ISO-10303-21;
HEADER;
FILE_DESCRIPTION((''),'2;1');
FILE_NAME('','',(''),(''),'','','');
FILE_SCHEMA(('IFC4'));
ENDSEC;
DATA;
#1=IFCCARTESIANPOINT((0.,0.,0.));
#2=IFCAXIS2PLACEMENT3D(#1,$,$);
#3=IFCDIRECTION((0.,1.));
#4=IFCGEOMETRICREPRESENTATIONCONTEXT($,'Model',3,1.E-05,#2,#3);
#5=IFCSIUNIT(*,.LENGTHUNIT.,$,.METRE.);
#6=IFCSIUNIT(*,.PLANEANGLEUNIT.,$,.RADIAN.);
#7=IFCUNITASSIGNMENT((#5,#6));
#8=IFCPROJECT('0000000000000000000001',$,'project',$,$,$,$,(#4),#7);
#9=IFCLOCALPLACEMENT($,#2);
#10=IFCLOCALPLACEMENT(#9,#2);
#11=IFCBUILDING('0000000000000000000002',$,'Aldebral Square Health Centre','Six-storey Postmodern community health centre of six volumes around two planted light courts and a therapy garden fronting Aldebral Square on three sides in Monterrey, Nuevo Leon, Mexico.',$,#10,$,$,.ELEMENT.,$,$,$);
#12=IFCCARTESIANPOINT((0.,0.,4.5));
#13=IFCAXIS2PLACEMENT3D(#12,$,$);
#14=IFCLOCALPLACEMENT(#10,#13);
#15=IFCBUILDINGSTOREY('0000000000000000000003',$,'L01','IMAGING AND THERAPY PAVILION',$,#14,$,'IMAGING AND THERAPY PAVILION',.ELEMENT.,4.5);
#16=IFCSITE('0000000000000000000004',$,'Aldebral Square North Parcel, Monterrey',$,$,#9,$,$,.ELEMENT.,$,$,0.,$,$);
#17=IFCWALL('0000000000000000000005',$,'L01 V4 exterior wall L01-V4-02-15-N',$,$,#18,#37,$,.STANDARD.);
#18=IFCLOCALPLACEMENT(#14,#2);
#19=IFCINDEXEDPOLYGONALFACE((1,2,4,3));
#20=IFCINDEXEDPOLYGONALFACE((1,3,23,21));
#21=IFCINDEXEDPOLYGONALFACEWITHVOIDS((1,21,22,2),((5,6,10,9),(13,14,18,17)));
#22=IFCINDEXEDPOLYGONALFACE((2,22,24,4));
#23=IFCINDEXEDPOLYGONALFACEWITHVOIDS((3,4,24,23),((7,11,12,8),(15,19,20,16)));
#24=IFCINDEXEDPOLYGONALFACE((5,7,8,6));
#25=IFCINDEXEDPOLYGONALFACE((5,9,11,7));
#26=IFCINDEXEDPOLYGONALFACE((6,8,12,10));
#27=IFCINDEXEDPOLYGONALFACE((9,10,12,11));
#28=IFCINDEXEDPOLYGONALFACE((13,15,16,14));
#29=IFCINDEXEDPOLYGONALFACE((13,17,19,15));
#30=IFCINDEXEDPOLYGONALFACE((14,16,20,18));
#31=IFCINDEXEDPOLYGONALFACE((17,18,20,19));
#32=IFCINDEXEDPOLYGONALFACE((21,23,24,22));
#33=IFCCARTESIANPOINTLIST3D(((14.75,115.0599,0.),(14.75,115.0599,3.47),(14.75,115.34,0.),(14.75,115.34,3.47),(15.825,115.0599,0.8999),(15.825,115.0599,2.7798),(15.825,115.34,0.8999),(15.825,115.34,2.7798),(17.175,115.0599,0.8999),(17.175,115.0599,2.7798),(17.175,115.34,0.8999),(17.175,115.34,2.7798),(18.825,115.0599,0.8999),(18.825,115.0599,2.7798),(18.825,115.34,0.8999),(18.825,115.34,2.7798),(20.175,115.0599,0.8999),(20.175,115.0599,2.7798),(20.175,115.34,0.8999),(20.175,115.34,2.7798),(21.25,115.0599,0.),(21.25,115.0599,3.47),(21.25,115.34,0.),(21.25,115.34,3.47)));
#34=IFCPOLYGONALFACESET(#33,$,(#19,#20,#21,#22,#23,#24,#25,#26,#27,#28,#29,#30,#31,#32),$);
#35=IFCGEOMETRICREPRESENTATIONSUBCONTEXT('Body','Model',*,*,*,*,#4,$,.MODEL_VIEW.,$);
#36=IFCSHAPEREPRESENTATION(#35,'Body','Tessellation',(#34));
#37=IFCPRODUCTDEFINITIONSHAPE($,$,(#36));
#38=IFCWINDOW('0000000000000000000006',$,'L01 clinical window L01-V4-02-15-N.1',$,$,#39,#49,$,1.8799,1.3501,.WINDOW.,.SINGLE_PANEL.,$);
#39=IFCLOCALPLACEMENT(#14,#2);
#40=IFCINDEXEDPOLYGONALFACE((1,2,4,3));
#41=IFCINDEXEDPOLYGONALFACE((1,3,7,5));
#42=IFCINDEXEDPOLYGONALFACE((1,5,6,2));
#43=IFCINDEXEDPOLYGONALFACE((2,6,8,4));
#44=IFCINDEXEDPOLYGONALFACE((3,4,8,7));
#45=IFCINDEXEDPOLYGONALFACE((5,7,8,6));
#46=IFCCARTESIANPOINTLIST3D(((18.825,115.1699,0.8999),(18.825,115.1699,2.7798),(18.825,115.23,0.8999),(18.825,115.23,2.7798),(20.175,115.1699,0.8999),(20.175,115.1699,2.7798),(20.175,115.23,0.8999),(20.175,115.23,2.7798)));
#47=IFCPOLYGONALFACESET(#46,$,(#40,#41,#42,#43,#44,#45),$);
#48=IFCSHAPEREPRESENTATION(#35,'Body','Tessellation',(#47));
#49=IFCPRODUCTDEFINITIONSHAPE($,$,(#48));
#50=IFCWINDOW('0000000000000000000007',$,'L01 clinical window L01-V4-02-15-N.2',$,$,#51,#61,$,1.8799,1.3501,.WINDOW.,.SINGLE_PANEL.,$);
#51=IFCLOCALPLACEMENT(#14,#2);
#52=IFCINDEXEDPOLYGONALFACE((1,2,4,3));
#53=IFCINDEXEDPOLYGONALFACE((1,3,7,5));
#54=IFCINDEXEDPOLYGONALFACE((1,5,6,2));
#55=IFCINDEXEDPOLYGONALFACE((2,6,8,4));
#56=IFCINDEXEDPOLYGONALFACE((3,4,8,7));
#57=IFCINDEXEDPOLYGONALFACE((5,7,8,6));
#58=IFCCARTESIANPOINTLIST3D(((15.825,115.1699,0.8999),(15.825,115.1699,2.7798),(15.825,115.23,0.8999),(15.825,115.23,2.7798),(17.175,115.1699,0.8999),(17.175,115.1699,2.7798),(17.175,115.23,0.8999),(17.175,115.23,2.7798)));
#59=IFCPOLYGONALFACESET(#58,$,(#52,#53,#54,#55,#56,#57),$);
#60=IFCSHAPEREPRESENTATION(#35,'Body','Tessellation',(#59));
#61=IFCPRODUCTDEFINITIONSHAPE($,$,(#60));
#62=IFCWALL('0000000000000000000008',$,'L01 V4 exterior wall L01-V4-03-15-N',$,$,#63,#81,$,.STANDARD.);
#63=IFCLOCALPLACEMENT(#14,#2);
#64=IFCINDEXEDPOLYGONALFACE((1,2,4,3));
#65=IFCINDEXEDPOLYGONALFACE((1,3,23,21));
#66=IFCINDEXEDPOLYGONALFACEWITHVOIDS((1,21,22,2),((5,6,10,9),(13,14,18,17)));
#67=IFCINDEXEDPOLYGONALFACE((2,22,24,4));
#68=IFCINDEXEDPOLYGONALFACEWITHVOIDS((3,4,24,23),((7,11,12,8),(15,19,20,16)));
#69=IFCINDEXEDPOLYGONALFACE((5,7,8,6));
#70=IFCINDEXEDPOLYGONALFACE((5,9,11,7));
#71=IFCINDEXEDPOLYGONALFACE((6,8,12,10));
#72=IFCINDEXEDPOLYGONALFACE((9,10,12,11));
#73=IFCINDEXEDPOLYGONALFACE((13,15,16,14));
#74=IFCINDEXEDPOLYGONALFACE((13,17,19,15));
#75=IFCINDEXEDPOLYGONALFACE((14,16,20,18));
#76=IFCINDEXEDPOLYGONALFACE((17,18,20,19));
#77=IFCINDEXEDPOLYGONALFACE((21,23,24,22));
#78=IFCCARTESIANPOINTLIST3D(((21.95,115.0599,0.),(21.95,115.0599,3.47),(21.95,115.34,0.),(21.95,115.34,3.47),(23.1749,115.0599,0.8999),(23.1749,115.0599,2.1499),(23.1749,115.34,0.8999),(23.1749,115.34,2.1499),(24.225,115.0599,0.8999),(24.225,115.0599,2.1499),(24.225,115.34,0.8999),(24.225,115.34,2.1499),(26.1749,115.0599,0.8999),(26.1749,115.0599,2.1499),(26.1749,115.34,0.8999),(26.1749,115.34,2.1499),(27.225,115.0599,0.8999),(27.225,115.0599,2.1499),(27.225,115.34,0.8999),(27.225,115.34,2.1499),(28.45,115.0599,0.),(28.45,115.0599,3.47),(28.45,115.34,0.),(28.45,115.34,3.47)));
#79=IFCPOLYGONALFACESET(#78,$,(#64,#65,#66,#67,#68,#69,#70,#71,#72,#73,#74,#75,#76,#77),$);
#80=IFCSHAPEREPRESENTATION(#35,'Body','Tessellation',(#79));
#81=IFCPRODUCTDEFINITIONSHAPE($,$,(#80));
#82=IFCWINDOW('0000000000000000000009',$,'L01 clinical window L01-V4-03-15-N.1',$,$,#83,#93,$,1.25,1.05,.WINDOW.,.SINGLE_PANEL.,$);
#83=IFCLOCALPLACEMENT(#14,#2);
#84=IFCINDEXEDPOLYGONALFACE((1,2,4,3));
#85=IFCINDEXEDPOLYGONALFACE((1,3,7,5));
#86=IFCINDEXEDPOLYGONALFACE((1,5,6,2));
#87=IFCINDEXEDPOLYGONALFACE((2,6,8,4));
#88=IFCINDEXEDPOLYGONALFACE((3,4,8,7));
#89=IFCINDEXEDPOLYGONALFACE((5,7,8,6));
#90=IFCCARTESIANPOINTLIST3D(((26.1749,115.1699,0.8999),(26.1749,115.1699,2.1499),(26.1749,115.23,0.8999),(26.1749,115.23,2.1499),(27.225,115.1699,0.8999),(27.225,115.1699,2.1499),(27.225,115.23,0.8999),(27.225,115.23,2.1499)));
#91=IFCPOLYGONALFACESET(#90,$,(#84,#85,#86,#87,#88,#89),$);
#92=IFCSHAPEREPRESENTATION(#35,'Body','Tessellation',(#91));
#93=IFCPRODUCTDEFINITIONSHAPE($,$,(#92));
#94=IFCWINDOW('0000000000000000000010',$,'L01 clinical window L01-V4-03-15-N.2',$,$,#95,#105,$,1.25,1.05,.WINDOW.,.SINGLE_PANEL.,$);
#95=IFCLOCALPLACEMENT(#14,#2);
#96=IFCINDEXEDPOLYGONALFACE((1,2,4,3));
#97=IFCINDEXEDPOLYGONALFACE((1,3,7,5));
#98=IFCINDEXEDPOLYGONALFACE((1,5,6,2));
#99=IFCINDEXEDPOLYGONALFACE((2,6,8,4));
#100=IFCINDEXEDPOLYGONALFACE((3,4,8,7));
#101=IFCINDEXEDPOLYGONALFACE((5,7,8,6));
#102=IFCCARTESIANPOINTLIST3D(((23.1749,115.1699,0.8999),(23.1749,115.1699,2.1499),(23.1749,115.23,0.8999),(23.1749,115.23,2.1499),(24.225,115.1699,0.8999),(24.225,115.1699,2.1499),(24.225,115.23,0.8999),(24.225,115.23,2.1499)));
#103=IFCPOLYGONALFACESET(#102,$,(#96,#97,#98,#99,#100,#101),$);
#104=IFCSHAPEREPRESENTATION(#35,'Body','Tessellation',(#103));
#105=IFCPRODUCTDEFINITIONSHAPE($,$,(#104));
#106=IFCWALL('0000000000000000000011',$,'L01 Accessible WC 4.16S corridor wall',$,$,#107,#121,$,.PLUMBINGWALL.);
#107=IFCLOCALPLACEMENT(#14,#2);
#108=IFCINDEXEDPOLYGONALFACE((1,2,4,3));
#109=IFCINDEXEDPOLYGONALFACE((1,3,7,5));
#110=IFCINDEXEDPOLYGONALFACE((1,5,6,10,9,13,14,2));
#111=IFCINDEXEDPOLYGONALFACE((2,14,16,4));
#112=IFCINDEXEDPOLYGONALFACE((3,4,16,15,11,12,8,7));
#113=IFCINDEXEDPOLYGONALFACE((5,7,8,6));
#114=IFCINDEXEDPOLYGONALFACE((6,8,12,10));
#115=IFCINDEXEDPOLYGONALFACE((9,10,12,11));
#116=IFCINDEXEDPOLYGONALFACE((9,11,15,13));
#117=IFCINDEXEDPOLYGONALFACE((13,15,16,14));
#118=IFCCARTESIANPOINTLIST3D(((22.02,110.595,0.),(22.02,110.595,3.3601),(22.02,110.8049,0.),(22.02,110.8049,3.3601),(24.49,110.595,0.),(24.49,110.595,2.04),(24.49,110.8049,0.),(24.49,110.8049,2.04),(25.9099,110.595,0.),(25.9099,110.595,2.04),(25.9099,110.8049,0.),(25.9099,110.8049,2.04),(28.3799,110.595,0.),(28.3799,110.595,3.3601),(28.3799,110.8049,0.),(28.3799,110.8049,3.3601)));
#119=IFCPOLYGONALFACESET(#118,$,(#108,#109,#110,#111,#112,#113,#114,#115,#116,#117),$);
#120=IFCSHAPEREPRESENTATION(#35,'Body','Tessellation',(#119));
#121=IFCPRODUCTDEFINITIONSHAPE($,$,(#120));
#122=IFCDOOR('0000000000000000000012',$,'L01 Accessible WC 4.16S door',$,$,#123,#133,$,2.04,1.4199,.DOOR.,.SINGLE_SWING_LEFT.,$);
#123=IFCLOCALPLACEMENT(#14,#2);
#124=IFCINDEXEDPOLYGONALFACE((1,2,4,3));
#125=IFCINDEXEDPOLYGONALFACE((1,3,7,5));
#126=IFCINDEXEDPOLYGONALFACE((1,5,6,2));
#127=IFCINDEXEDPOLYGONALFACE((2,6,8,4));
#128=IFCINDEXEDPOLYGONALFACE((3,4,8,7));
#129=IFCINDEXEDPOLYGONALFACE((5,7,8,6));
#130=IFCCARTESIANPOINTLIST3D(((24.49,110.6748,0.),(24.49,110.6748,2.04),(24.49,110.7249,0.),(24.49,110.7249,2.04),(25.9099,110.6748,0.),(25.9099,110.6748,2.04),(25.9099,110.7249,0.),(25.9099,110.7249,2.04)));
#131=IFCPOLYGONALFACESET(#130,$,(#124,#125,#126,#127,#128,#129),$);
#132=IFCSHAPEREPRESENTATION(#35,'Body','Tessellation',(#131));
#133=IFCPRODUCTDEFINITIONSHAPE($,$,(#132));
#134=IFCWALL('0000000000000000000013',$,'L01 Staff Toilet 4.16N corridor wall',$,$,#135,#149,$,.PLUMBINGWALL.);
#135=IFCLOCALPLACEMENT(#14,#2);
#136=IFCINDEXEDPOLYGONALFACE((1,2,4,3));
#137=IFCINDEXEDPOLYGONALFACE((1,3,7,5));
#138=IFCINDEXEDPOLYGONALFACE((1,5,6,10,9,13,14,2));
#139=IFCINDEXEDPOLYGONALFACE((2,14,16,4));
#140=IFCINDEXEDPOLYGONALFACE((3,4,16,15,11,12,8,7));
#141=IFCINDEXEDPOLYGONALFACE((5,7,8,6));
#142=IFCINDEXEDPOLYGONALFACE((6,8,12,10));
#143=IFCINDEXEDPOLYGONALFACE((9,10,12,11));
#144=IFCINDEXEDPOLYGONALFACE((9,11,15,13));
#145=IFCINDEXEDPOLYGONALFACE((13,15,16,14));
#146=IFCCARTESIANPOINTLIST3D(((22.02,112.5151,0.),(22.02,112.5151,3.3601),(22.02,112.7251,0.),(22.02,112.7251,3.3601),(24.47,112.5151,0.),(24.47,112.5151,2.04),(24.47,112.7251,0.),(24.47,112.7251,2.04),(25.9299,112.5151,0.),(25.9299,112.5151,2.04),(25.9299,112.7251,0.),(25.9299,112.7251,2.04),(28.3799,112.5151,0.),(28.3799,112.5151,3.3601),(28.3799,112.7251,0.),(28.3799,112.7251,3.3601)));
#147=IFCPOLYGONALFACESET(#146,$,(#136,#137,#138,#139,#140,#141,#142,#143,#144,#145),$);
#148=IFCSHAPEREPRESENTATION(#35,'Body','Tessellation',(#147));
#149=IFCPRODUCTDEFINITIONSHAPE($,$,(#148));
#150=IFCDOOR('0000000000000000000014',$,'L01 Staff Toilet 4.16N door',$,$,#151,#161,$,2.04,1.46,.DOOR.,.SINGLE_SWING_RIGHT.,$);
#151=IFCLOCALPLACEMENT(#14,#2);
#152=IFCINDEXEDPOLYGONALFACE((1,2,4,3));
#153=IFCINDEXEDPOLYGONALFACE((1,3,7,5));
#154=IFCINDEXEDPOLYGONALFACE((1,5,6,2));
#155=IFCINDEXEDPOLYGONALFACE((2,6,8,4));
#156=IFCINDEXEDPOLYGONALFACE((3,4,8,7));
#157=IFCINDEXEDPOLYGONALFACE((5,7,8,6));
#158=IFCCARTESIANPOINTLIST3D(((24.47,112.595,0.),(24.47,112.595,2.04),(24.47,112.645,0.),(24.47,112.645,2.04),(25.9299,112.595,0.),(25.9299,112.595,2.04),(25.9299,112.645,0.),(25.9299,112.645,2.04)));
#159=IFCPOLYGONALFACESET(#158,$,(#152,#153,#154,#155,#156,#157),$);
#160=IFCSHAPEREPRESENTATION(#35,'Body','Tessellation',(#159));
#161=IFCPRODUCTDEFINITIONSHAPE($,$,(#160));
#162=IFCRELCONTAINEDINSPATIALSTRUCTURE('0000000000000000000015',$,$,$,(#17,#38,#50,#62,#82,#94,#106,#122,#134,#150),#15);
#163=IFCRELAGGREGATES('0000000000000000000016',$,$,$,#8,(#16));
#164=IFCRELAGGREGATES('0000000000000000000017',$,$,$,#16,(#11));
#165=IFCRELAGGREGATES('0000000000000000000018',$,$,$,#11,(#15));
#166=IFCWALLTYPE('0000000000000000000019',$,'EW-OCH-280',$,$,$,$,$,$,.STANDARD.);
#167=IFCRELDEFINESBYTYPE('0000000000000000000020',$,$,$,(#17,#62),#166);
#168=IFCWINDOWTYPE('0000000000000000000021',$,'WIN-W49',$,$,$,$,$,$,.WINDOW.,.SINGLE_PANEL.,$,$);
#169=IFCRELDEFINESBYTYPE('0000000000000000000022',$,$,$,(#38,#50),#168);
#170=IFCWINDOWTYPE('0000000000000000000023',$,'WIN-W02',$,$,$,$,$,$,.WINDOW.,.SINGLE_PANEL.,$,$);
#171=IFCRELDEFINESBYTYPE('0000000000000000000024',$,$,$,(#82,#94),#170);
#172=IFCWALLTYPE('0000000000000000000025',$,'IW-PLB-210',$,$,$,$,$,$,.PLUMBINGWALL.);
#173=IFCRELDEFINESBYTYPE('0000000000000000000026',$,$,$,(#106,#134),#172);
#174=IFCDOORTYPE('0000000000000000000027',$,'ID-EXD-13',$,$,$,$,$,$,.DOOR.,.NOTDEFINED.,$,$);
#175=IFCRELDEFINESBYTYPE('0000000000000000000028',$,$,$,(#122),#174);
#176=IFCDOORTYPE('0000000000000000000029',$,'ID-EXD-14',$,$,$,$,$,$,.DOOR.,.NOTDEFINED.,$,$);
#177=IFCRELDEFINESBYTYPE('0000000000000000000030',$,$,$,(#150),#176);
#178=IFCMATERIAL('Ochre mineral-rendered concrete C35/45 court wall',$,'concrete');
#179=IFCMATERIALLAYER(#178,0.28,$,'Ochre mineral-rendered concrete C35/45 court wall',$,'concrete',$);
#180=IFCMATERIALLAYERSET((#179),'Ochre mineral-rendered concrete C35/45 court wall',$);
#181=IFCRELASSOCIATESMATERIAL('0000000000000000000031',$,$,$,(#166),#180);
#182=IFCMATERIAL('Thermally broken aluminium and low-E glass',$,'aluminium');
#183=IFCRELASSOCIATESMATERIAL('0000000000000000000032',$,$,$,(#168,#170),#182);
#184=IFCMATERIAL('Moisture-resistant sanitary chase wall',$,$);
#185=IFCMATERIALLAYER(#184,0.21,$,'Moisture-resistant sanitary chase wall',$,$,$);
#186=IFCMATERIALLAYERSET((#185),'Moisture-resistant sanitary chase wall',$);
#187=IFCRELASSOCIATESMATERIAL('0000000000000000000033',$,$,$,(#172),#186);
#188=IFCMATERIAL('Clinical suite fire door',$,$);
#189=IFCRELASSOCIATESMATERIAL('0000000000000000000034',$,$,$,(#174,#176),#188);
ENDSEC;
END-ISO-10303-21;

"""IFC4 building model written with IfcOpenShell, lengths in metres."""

from ifc_helpers import new_model, si_unit, direction, frame, frame_2d, origin, place, context, subcontext, project, spatial, rectangle, extrude, material, layer, layer_set, type_object, element, fill, save


model = new_model("IFC4")

# Units and contexts
model_context = context("Model", 3, precision=1e-05, world=origin(), true_north=direction((0.0, 1.0)))
body_context = subcontext(model_context, "Body", "Model", "MODEL_VIEW")
ifc_project = project(units=[si_unit("LENGTHUNIT", "METRE"), si_unit("PLANEANGLEUNIT", "RADIAN")], contexts=[model_context])

# Site, building, storey
site_placement = place(None, origin())
site = spatial("IfcSite", under=ifc_project, at=site_placement, Name="Aldebral Square North Parcel, Monterrey", CompositionType="ELEMENT", RefElevation=0.0)
building_placement = place(site_placement, origin())
building = spatial("IfcBuilding", under=site, at=building_placement, Name="Aldebral Square Health Centre", Description="Six-storey Postmodern community health centre of six volumes around two planted light courts and a therapy garden fronting Aldebral Square on three sides in Monterrey, Nuevo Leon, Mexico.", CompositionType="ELEMENT")
storey_placement = place(building_placement, frame((0.0, 0.0, 4.5)))
storey = spatial("IfcBuildingStorey", under=building, at=storey_placement, Name="L01", Description="IMAGING AND THERAPY PAVILION", LongName="IMAGING AND THERAPY PAVILION", CompositionType="ELEMENT", Elevation=4.5)

# Walls, openings, windows
ifc_material_1 = material(Name="Ochre mineral-rendered concrete C35/45 court wall", Category="concrete")
ifc_layer_1 = layer(ifc_material_1, 0.28, Name="Ochre mineral-rendered concrete C35/45 court wall", Category="concrete")
ifc_layer_set_1 = layer_set([ifc_layer_1], Name="Ochre mineral-rendered concrete C35/45 court wall")
wall_type_1 = type_object("IfcWallType", Name="EW-OCH-280", PredefinedType="STANDARD", material=ifc_layer_set_1)
wall_1_placement = place(storey_placement, frame((21.25, 115.2, 0.0), z_axis=(0.0, 0.0, 1.0), x_axis=(-1.0, 0.0, 0.0)))
wall_1 = element("IfcWall", 1, at=wall_1_placement, inside=storey, type_object=wall_type_1, Name="L01 V4 exterior wall L01-V4-02-15-N", PredefinedType="STANDARD", context=body_context, shape_type="SweptSolid", body=[
    extrude(rectangle(XDim=6.5, YDim=0.28, at=frame_2d((3.25, 0.0))), origin(), (0.0, 0.0, 1.0), 3.47),
])
opening_1_placement = place(wall_1_placement, frame((1.075, 0.0, 0.8999)))
opening_1 = element("IfcOpeningElement", 2, at=opening_1_placement, cuts=wall_1, PredefinedType="OPENING", context=body_context, shape_type="SweptSolid", body=[
    extrude(rectangle(XDim=1.3501, YDim=1.8799, at=frame_2d((0.675, 0.9399))), frame((0.0, 0.1499, 0.0), z_axis=(0.0, -1.0, 0.0), x_axis=(1.0, 0.0, 0.0)), (0.0, 0.0, 1.0), 0.3),
])
opening_2_placement = place(wall_1_placement, frame((4.075, 0.0, 0.8999)))
opening_2 = element("IfcOpeningElement", 3, at=opening_2_placement, cuts=wall_1, PredefinedType="OPENING", context=body_context, shape_type="SweptSolid", body=[
    extrude(rectangle(XDim=1.3501, YDim=1.8799, at=frame_2d((0.675, 0.9399))), frame((0.0, 0.1499, 0.0), z_axis=(0.0, -1.0, 0.0), x_axis=(1.0, 0.0, 0.0)), (0.0, 0.0, 1.0), 0.3),
])
ifc_material_2 = material(Name="Thermally broken aluminium and low-E glass", Category="aluminium")
window_type_1 = type_object("IfcWindowType", Name="WIN-W49", PartitioningType="SINGLE_PANEL", PredefinedType="WINDOW", material=ifc_material_2)
window_1_placement = place(opening_1_placement, origin())
window_1 = element("IfcWindow", 4, at=window_1_placement, inside=storey, type_object=window_type_1, Name="L01 clinical window L01-V4-02-15-N.1", OverallHeight=1.8799, OverallWidth=1.3501, PartitioningType="SINGLE_PANEL", PredefinedType="WINDOW", context=body_context, shape_type="SweptSolid", body=[
    extrude(rectangle(XDim=1.3501, YDim=1.8799, at=frame_2d((0.675, 0.9399))), frame((0.0, 0.03, 0.0), z_axis=(0.0, -1.0, 0.0), x_axis=(1.0, 0.0, 0.0)), (0.0, 0.0, 1.0), 0.0601),
])
fill(opening_1, window_1)
window_2_placement = place(opening_2_placement, origin())
window_2 = element("IfcWindow", 5, at=window_2_placement, inside=storey, type_object=window_type_1, Name="L01 clinical window L01-V4-02-15-N.2", OverallHeight=1.8799, OverallWidth=1.3501, PartitioningType="SINGLE_PANEL", PredefinedType="WINDOW", context=body_context, shape_type="SweptSolid", body=[
    extrude(rectangle(XDim=1.3501, YDim=1.8799, at=frame_2d((0.675, 0.9399))), frame((0.0, 0.03, 0.0), z_axis=(0.0, -1.0, 0.0), x_axis=(1.0, 0.0, 0.0)), (0.0, 0.0, 1.0), 0.0601),
])
fill(opening_2, window_2)
wall_2_placement = place(storey_placement, frame((28.45, 115.2, 0.0), z_axis=(0.0, 0.0, 1.0), x_axis=(-1.0, 0.0, 0.0)))
wall_2 = element("IfcWall", 6, at=wall_2_placement, inside=storey, type_object=wall_type_1, Name="L01 V4 exterior wall L01-V4-03-15-N", PredefinedType="STANDARD", context=body_context, shape_type="SweptSolid", body=[
    extrude(rectangle(XDim=6.5, YDim=0.28, at=frame_2d((3.25, 0.0))), origin(), (0.0, 0.0, 1.0), 3.47),
])
opening_3_placement = place(wall_2_placement, frame((1.2251, 0.0, 0.8999)))
opening_3 = element("IfcOpeningElement", 7, at=opening_3_placement, cuts=wall_2, PredefinedType="OPENING", context=body_context, shape_type="SweptSolid", body=[
    extrude(rectangle(XDim=1.05, YDim=1.25, at=frame_2d((0.5249, 0.625))), frame((0.0, 0.1499, 0.0), z_axis=(0.0, -1.0, 0.0), x_axis=(1.0, 0.0, 0.0)), (0.0, 0.0, 1.0), 0.3),
])
opening_4_placement = place(wall_2_placement, frame((4.2251, 0.0, 0.8999)))
opening_4 = element("IfcOpeningElement", 8, at=opening_4_placement, cuts=wall_2, PredefinedType="OPENING", context=body_context, shape_type="SweptSolid", body=[
    extrude(rectangle(XDim=1.05, YDim=1.25, at=frame_2d((0.5249, 0.625))), frame((0.0, 0.1499, 0.0), z_axis=(0.0, -1.0, 0.0), x_axis=(1.0, 0.0, 0.0)), (0.0, 0.0, 1.0), 0.3),
])
window_type_2 = type_object("IfcWindowType", Name="WIN-W02", PartitioningType="SINGLE_PANEL", PredefinedType="WINDOW", material=ifc_material_2)
window_3_placement = place(opening_3_placement, origin())
window_3 = element("IfcWindow", 9, at=window_3_placement, inside=storey, type_object=window_type_2, Name="L01 clinical window L01-V4-03-15-N.1", OverallHeight=1.25, OverallWidth=1.05, PartitioningType="SINGLE_PANEL", PredefinedType="WINDOW", context=body_context, shape_type="SweptSolid", body=[
    extrude(rectangle(XDim=1.05, YDim=1.25, at=frame_2d((0.5249, 0.625))), frame((0.0, 0.03, 0.0), z_axis=(0.0, -1.0, 0.0), x_axis=(1.0, 0.0, 0.0)), (0.0, 0.0, 1.0), 0.0601),
])
fill(opening_3, window_3)
window_4_placement = place(opening_4_placement, origin())
window_4 = element("IfcWindow", 10, at=window_4_placement, inside=storey, type_object=window_type_2, Name="L01 clinical window L01-V4-03-15-N.2", OverallHeight=1.25, OverallWidth=1.05, PartitioningType="SINGLE_PANEL", PredefinedType="WINDOW", context=body_context, shape_type="SweptSolid", body=[
    extrude(rectangle(XDim=1.05, YDim=1.25, at=frame_2d((0.5249, 0.625))), frame((0.0, 0.03, 0.0), z_axis=(0.0, -1.0, 0.0), x_axis=(1.0, 0.0, 0.0)), (0.0, 0.0, 1.0), 0.0601),
])
fill(opening_4, window_4)

# Walls, openings, doors
ifc_material_3 = material(Name="Clinical suite fire door")
ifc_material_4 = material(Name="Moisture-resistant sanitary chase wall")
ifc_layer_2 = layer(ifc_material_4, 0.21, Name="Moisture-resistant sanitary chase wall")
ifc_layer_set_2 = layer_set([ifc_layer_2], Name="Moisture-resistant sanitary chase wall")
wall_type_2 = type_object("IfcWallType", Name="IW-PLB-210", PredefinedType="PLUMBINGWALL", material=ifc_layer_set_2)
wall_3_placement = place(storey_placement, frame((22.02, 110.7, 0.0), z_axis=(0.0, 0.0, 1.0), x_axis=(1.0, 0.0, 0.0)))
wall_3 = element("IfcWall", 11, at=wall_3_placement, inside=storey, type_object=wall_type_2, Name="L01 Accessible WC 4.16S corridor wall", PredefinedType="PLUMBINGWALL", context=body_context, shape_type="SweptSolid", body=[
    extrude(rectangle(XDim=6.3599, YDim=0.21, at=frame_2d((3.1799, 0.0))), origin(), (0.0, 0.0, 1.0), 3.3601),
])
opening_5_placement = place(wall_3_placement, frame((2.47, 0.0, 0.0)))
opening_5 = element("IfcOpeningElement", 12, at=opening_5_placement, cuts=wall_3, PredefinedType="OPENING", context=body_context, shape_type="SweptSolid", body=[
    extrude(rectangle(XDim=1.4199, YDim=2.04, at=frame_2d((0.71, 1.02))), frame((0.0, 0.115, 0.0), z_axis=(0.0, -1.0, 0.0), x_axis=(1.0, 0.0, 0.0)), (0.0, 0.0, 1.0), 0.23),
])
door_type_1 = type_object("IfcDoorType", Name="ID-EXD-13", OperationType="NOTDEFINED", PredefinedType="DOOR", material=ifc_material_3)
door_1_placement = place(opening_5_placement, origin())
door_1 = element("IfcDoor", 13, at=door_1_placement, inside=storey, type_object=door_type_1, Name="L01 Accessible WC 4.16S door", OperationType="SINGLE_SWING_LEFT", OverallHeight=2.04, OverallWidth=1.4199, PredefinedType="DOOR", context=body_context, shape_type="SweptSolid", body=[
    extrude(rectangle(XDim=1.4199, YDim=2.04, at=frame_2d((0.71, 1.02))), frame((0.0, 0.0249, 0.0), z_axis=(0.0, -1.0, 0.0), x_axis=(1.0, 0.0, 0.0)), (0.0, 0.0, 1.0), 0.05),
])
fill(opening_5, door_1)
wall_4_placement = place(storey_placement, frame((22.02, 112.6201, 0.0), z_axis=(0.0, 0.0, 1.0), x_axis=(1.0, 0.0, 0.0)))
wall_4 = element("IfcWall", 14, at=wall_4_placement, inside=storey, type_object=wall_type_2, Name="L01 Staff Toilet 4.16N corridor wall", PredefinedType="PLUMBINGWALL", context=body_context, shape_type="SweptSolid", body=[
    extrude(rectangle(XDim=6.3599, YDim=0.21, at=frame_2d((3.1799, 0.0))), origin(), (0.0, 0.0, 1.0), 3.3601),
])
opening_6_placement = place(wall_4_placement, frame((2.45, 0.0, 0.0)))
opening_6 = element("IfcOpeningElement", 15, at=opening_6_placement, cuts=wall_4, PredefinedType="OPENING", context=body_context, shape_type="SweptSolid", body=[
    extrude(rectangle(XDim=1.46, YDim=2.04, at=frame_2d((0.73, 1.02))), frame((0.0, 0.115, 0.0), z_axis=(0.0, -1.0, 0.0), x_axis=(1.0, 0.0, 0.0)), (0.0, 0.0, 1.0), 0.23),
])
door_type_2 = type_object("IfcDoorType", Name="ID-EXD-14", OperationType="NOTDEFINED", PredefinedType="DOOR", material=ifc_material_3)
door_2_placement = place(opening_6_placement, origin())
door_2 = element("IfcDoor", 16, at=door_2_placement, inside=storey, type_object=door_type_2, Name="L01 Staff Toilet 4.16N door", OperationType="SINGLE_SWING_RIGHT", OverallHeight=2.04, OverallWidth=1.46, PredefinedType="DOOR", context=body_context, shape_type="SweptSolid", body=[
    extrude(rectangle(XDim=1.46, YDim=2.04, at=frame_2d((0.73, 1.02))), frame((0.0, 0.0249, 0.0), z_axis=(0.0, -1.0, 0.0), x_axis=(1.0, 0.0, 0.0)), (0.0, 0.0, 1.0), 0.05),
])
fill(opening_6, door_2)

save(model, "model.ifc")
